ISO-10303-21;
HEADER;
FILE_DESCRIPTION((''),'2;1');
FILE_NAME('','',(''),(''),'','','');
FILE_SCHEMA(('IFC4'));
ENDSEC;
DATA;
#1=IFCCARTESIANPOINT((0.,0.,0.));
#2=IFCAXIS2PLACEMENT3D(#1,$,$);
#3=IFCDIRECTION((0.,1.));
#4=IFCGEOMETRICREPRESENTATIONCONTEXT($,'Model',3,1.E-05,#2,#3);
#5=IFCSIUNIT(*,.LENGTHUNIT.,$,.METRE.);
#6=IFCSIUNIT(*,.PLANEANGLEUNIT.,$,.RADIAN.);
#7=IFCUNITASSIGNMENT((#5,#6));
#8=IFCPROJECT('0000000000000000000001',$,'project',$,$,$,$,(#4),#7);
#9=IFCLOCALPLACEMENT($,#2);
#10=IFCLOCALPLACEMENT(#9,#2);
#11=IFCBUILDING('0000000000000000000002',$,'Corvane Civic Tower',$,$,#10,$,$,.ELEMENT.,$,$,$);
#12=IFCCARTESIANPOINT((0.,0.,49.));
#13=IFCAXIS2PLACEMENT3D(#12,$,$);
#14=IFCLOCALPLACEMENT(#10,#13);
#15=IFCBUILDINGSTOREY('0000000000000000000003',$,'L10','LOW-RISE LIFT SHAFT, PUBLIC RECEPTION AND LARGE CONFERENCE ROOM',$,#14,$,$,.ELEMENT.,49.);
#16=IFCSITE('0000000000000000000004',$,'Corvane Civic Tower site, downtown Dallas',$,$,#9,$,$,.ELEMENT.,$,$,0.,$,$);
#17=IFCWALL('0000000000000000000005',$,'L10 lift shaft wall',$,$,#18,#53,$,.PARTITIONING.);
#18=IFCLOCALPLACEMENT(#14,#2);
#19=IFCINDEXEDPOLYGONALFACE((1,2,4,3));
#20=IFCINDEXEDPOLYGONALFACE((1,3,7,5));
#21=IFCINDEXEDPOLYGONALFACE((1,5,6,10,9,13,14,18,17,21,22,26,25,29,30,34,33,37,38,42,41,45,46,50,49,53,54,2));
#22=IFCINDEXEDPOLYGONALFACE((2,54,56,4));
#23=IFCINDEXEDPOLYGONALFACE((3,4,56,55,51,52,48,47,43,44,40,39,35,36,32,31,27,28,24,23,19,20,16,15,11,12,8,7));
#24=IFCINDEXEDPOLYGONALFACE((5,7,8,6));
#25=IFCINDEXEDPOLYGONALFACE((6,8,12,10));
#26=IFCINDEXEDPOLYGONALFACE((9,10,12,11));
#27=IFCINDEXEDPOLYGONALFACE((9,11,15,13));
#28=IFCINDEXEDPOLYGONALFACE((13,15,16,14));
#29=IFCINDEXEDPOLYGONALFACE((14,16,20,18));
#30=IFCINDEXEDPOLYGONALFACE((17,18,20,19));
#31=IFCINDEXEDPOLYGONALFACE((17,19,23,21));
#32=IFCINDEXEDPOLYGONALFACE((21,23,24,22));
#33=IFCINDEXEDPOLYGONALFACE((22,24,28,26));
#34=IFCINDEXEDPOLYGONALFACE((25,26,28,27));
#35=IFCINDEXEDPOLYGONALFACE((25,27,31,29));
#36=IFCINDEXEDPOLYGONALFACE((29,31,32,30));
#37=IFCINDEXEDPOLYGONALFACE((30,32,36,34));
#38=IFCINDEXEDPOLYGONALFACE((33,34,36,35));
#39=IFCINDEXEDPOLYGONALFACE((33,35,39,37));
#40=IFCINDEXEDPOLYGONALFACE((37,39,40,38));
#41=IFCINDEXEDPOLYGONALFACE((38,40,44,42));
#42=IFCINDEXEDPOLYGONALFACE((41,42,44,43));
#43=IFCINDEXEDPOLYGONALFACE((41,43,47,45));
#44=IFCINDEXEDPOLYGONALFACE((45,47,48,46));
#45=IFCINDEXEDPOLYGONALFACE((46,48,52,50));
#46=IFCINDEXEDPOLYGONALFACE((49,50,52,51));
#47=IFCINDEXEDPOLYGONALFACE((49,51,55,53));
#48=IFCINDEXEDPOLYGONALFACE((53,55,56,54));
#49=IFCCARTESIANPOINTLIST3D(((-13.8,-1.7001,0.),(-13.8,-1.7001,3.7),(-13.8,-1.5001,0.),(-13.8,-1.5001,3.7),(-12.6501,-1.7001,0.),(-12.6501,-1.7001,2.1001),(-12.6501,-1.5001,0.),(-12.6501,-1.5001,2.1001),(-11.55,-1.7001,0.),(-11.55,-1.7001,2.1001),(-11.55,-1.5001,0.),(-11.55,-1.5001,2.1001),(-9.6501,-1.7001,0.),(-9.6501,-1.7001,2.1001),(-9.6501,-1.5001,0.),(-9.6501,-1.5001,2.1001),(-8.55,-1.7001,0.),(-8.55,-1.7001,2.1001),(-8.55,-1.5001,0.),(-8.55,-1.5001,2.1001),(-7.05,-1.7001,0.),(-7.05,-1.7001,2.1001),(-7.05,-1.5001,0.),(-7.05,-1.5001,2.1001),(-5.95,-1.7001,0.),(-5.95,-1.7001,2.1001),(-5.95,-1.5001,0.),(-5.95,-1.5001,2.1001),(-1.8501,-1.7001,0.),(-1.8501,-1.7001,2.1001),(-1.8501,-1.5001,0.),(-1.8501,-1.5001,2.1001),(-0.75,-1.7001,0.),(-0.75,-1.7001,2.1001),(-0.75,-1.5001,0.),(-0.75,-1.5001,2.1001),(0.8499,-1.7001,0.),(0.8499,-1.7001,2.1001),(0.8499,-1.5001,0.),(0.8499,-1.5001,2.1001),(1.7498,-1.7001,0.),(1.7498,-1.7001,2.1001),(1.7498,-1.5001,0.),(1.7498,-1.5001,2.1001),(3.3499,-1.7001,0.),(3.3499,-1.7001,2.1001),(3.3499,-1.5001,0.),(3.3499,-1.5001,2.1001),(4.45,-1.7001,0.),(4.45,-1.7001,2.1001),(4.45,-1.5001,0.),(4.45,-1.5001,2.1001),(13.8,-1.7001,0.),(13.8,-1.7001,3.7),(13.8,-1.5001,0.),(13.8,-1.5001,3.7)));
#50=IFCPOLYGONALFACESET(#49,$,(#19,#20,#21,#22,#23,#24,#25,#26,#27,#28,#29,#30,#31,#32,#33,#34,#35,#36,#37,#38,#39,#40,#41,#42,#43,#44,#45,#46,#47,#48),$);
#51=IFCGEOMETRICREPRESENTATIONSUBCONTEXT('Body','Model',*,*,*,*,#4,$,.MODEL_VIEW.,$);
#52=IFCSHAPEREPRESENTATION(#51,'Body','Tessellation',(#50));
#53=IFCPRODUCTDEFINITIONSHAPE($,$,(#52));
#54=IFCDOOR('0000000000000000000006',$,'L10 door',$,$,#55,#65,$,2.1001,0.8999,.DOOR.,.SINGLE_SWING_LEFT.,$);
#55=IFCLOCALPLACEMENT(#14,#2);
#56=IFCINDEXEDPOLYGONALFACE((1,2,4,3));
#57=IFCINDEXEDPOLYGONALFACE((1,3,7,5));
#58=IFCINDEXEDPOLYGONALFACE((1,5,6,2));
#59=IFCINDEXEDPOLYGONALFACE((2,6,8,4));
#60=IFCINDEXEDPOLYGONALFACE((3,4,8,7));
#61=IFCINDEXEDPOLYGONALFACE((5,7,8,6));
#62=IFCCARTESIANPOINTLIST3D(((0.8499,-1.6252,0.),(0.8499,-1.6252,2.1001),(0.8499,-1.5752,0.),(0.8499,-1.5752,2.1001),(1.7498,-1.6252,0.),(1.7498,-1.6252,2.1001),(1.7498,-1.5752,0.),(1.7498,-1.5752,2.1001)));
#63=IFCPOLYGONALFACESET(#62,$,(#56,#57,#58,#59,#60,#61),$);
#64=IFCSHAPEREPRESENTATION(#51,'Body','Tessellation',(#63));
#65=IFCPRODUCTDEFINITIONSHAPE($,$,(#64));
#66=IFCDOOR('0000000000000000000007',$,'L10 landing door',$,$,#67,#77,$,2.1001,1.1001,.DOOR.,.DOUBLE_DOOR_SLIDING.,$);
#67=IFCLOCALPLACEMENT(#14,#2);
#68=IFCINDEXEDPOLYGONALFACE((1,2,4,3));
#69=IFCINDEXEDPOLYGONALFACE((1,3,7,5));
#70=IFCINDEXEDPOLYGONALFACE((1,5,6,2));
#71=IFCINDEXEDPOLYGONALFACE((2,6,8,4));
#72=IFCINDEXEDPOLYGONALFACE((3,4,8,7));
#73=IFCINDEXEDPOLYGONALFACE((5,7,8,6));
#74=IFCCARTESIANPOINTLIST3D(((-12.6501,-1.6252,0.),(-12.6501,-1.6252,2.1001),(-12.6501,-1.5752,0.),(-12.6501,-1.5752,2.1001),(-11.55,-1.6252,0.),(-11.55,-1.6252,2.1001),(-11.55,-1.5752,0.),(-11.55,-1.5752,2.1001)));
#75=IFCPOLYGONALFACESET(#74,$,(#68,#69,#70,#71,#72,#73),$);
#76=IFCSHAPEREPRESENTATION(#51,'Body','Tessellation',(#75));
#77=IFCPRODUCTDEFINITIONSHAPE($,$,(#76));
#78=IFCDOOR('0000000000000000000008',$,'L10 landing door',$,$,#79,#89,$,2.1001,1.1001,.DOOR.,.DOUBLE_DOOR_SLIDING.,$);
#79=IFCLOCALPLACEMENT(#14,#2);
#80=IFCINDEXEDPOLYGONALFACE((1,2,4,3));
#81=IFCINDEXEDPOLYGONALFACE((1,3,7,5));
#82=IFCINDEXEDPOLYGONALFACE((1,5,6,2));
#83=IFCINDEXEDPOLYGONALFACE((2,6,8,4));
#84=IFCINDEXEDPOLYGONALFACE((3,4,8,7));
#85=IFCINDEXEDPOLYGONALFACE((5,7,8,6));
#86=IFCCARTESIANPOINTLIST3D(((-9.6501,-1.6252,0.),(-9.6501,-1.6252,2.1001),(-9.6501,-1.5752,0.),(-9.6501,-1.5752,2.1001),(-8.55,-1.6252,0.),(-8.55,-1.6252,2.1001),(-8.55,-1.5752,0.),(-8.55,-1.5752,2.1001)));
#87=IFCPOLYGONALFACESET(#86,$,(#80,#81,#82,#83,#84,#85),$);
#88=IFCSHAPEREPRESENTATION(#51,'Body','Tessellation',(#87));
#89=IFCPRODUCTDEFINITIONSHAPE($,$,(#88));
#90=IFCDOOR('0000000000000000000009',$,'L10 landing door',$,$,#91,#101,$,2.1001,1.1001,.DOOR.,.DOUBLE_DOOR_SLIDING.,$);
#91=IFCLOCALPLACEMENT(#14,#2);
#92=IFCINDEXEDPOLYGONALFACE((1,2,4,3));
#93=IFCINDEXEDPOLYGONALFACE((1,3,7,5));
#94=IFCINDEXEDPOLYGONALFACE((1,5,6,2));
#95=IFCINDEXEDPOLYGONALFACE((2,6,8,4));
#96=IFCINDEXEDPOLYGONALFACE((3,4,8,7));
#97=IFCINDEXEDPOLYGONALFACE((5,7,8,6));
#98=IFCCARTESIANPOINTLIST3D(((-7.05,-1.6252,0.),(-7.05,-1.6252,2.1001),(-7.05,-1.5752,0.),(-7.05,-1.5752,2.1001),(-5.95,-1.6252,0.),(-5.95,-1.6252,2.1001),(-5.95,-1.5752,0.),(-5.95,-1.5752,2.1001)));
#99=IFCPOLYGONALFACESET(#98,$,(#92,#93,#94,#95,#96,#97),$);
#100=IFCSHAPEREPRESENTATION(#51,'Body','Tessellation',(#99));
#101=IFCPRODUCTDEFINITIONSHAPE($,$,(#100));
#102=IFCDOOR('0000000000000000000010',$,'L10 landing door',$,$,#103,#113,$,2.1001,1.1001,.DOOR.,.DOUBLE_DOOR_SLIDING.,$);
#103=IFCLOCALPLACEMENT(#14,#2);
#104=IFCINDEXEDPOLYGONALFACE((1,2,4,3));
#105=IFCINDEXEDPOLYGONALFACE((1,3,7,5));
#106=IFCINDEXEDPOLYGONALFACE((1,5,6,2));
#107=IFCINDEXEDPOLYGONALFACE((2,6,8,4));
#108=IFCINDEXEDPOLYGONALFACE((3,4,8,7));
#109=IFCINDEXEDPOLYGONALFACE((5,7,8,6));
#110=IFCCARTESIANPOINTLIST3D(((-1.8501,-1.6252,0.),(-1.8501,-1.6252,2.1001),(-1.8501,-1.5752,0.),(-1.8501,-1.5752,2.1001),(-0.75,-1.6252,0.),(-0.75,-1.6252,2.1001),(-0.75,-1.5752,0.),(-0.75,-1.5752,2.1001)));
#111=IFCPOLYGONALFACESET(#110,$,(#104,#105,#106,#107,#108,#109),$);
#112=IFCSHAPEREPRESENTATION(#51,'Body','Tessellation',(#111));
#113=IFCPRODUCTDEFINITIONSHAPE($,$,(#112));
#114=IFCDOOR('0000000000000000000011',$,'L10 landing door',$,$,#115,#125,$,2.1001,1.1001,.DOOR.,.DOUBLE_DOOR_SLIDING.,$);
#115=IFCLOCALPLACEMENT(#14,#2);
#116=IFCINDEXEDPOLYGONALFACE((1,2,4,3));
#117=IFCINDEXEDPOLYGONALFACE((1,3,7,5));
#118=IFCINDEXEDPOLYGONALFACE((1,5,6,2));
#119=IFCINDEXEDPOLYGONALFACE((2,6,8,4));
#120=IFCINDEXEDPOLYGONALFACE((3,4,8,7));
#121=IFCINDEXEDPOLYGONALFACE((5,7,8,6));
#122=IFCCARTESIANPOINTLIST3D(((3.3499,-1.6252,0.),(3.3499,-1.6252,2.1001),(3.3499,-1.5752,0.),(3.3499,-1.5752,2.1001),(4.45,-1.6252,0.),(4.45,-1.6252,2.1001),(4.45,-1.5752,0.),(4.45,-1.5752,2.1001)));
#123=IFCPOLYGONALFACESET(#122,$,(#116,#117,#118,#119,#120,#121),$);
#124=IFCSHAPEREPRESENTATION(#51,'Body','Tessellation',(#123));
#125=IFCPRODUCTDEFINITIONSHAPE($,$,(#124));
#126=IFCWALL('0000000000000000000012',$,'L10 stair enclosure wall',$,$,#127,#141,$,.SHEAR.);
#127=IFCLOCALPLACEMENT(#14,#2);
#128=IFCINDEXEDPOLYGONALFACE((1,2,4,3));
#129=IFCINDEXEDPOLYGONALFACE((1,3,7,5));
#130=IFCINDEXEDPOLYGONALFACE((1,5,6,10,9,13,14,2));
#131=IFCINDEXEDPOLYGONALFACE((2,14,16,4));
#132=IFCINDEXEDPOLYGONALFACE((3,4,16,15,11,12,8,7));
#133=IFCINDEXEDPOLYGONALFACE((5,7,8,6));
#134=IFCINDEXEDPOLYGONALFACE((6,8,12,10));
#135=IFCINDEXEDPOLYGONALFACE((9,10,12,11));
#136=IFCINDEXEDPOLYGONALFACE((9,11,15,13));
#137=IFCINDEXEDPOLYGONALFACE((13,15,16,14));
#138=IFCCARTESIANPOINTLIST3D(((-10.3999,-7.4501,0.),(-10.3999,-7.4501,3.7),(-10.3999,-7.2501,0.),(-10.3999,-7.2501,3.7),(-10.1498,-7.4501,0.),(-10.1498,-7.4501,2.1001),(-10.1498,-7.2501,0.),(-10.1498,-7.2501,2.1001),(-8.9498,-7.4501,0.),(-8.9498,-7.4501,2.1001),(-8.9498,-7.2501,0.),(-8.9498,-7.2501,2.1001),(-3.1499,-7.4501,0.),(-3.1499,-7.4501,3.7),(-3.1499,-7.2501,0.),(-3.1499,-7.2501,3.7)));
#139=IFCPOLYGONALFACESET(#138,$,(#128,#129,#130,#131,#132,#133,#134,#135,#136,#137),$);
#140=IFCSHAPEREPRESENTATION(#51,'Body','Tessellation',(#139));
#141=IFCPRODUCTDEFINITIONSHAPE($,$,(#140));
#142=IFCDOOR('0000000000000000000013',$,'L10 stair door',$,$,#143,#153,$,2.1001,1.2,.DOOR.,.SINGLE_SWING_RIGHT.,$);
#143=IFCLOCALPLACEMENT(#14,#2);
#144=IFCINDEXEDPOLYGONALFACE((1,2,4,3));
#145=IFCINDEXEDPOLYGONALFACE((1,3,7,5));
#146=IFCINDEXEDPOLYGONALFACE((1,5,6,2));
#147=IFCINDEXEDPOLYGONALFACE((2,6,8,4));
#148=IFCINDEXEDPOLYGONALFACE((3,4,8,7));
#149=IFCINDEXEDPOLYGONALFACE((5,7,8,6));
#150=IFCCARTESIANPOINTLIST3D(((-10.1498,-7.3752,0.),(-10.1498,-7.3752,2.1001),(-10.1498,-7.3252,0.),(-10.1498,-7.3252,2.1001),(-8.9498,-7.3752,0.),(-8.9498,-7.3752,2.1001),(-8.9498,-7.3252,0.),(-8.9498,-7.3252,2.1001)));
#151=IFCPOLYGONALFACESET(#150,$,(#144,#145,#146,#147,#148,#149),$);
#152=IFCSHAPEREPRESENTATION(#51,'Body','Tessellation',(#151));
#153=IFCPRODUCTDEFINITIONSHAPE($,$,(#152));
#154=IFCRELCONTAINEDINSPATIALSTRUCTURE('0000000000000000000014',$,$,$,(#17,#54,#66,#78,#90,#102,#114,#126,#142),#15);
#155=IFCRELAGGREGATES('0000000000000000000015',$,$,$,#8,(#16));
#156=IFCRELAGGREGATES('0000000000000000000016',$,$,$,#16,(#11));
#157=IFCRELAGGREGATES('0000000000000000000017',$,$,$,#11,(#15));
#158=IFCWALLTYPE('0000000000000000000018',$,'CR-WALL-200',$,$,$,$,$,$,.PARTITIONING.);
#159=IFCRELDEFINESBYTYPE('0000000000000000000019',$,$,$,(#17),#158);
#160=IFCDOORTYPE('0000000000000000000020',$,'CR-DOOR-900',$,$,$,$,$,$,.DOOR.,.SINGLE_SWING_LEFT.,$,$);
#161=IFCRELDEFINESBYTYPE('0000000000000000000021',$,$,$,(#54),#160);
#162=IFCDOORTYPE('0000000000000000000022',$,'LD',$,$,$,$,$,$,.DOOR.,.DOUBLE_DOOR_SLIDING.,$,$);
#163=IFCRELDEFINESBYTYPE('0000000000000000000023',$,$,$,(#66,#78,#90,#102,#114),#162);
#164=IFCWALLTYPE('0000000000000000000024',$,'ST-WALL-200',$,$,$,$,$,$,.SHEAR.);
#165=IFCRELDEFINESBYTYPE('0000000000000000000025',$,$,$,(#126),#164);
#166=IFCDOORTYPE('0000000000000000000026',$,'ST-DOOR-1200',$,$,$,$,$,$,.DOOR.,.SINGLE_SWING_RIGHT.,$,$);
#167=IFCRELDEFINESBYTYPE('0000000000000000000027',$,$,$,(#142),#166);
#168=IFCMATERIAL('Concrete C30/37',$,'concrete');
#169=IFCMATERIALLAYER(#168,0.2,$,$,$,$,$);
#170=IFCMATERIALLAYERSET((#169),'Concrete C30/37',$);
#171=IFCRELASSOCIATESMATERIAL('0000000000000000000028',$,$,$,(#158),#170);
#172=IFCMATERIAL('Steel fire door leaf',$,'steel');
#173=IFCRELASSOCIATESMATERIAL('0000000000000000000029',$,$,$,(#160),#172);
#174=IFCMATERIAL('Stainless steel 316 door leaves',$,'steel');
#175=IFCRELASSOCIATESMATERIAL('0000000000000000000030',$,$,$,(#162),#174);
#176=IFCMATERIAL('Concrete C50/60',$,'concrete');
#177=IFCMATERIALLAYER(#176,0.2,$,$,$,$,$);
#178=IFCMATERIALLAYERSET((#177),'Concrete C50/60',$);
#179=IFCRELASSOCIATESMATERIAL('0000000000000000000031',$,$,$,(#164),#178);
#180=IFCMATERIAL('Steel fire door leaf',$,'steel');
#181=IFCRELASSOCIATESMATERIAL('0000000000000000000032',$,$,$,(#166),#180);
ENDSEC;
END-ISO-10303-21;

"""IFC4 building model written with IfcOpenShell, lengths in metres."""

from ifc_helpers import new_model, si_unit, direction, frame, frame_2d, origin, place, context, subcontext, project, spatial, rectangle, extrude, material, layer, layer_set, type_object, element, fill, save


model = new_model("IFC4")

# Units and contexts
model_context = context("Model", 3, precision=1e-05, world=origin(), true_north=direction((0.0, 1.0)))
body_context = subcontext(model_context, "Body", "Model", "MODEL_VIEW")
ifc_project = project(units=[si_unit("LENGTHUNIT", "METRE"), si_unit("PLANEANGLEUNIT", "RADIAN")], contexts=[model_context])

# Site, building, storey
site_placement = place(None, origin())
site = spatial("IfcSite", under=ifc_project, at=site_placement, Name="Corvane Civic Tower site, downtown Dallas", CompositionType="ELEMENT", RefElevation=0.0)
building_placement = place(site_placement, origin())
building = spatial("IfcBuilding", under=site, at=building_placement, Name="Corvane Civic Tower", CompositionType="ELEMENT")
storey_placement = place(building_placement, frame((0.0, 0.0, 49.0)))
storey = spatial("IfcBuildingStorey", under=building, at=storey_placement, Name="L10", Description="LOW-RISE LIFT SHAFT, PUBLIC RECEPTION AND LARGE CONFERENCE ROOM", CompositionType="ELEMENT", Elevation=49.0)

# Wall, openings, doors
ifc_material_1 = material(Name="Concrete C30/37", Category="concrete")
ifc_layer_1 = layer(ifc_material_1, 0.2)
ifc_layer_set_1 = layer_set([ifc_layer_1], Name="Concrete C30/37")
wall_type_1 = type_object("IfcWallType", Name="CR-WALL-200", PredefinedType="PARTITIONING", material=ifc_layer_set_1)
ifc_material_2 = material(Name="Steel fire door leaf", Category="steel")
door_type_1 = type_object("IfcDoorType", Name="CR-DOOR-900", OperationType="SINGLE_SWING_LEFT", PredefinedType="DOOR", material=ifc_material_2)
wall_1_placement = place(storey_placement, frame((-13.8, -1.6001, 0.0), z_axis=(0.0, 0.0, 1.0), x_axis=(1.0, 0.0, 0.0)))
wall_1 = element("IfcWall", 1, at=wall_1_placement, inside=storey, type_object=wall_type_1, Name="L10 lift shaft wall", PredefinedType="PARTITIONING", context=body_context, shape_type="SweptSolid", body=[
    extrude(rectangle(XDim=27.6001, YDim=0.2, at=frame_2d((13.8, 0.0))), origin(), (0.0, 0.0, 1.0), 3.7),
])
opening_1_placement = place(wall_1_placement, frame((1.1499, 0.0, 0.0)))
opening_1 = element("IfcOpeningElement", 2, at=opening_1_placement, cuts=wall_1, PredefinedType="OPENING", context=body_context, shape_type="SweptSolid", body=[
    extrude(rectangle(XDim=1.1001, YDim=2.1001, at=frame_2d((0.55, 1.05))), frame((0.0, 0.1099, 0.0), z_axis=(0.0, -1.0, 0.0), x_axis=(1.0, 0.0, 0.0)), (0.0, 0.0, 1.0), 0.22),
])
opening_2_placement = place(wall_1_placement, frame((4.1499, 0.0, 0.0)))
opening_2 = element("IfcOpeningElement", 3, at=opening_2_placement, cuts=wall_1, PredefinedType="OPENING", context=body_context, shape_type="SweptSolid", body=[
    extrude(rectangle(XDim=1.1001, YDim=2.1001, at=frame_2d((0.55, 1.05))), frame((0.0, 0.1099, 0.0), z_axis=(0.0, -1.0, 0.0), x_axis=(1.0, 0.0, 0.0)), (0.0, 0.0, 1.0), 0.22),
])
opening_3_placement = place(wall_1_placement, frame((6.75, 0.0, 0.0)))
opening_3 = element("IfcOpeningElement", 4, at=opening_3_placement, cuts=wall_1, PredefinedType="OPENING", context=body_context, shape_type="SweptSolid", body=[
    extrude(rectangle(XDim=1.1001, YDim=2.1001, at=frame_2d((0.55, 1.05))), frame((0.0, 0.1099, 0.0), z_axis=(0.0, -1.0, 0.0), x_axis=(1.0, 0.0, 0.0)), (0.0, 0.0, 1.0), 0.22),
])
opening_4_placement = place(wall_1_placement, frame((11.95, 0.0, 0.0)))
opening_4 = element("IfcOpeningElement", 5, at=opening_4_placement, cuts=wall_1, PredefinedType="OPENING", context=body_context, shape_type="SweptSolid", body=[
    extrude(rectangle(XDim=1.1001, YDim=2.1001, at=frame_2d((0.55, 1.05))), frame((0.0, 0.1099, 0.0), z_axis=(0.0, -1.0, 0.0), x_axis=(1.0, 0.0, 0.0)), (0.0, 0.0, 1.0), 0.22),
])
opening_5_placement = place(wall_1_placement, frame((14.6499, 0.0, 0.0)))
opening_5 = element("IfcOpeningElement", 6, at=opening_5_placement, cuts=wall_1, PredefinedType="OPENING", context=body_context, shape_type="SweptSolid", body=[
    extrude(rectangle(XDim=0.8999, YDim=2.1001, at=frame_2d((0.45, 1.05))), frame((0.0, 0.1099, 0.0), z_axis=(0.0, -1.0, 0.0), x_axis=(1.0, 0.0, 0.0)), (0.0, 0.0, 1.0), 0.22),
])
opening_6_placement = place(wall_1_placement, frame((17.1499, 0.0, 0.0)))
opening_6 = element("IfcOpeningElement", 7, at=opening_6_placement, cuts=wall_1, PredefinedType="OPENING", context=body_context, shape_type="SweptSolid", body=[
    extrude(rectangle(XDim=1.1001, YDim=2.1001, at=frame_2d((0.55, 1.05))), frame((0.0, 0.1099, 0.0), z_axis=(0.0, -1.0, 0.0), x_axis=(1.0, 0.0, 0.0)), (0.0, 0.0, 1.0), 0.22),
])
door_1_placement = place(opening_5_placement, origin())
door_1 = element("IfcDoor", 8, at=door_1_placement, inside=storey, type_object=door_type_1, Name="L10 door", OperationType="SINGLE_SWING_LEFT", OverallHeight=2.1001, OverallWidth=0.8999, PredefinedType="DOOR", context=body_context, shape_type="SweptSolid", body=[
    extrude(rectangle(XDim=0.8999, YDim=2.1001, at=frame_2d((0.45, 1.05))), frame((0.0, 0.0249, 0.0), z_axis=(0.0, -1.0, 0.0), x_axis=(1.0, 0.0, 0.0)), (0.0, 0.0, 1.0), 0.05),
])
fill(opening_5, door_1)
ifc_material_3 = material(Name="Stainless steel 316 door leaves", Category="steel")
door_type_2 = type_object("IfcDoorType", Name="LD", OperationType="DOUBLE_DOOR_SLIDING", PredefinedType="DOOR", material=ifc_material_3)
door_2_placement = place(opening_1_placement, origin())
door_2 = element("IfcDoor", 9, at=door_2_placement, inside=storey, type_object=door_type_2, Name="L10 landing door", OperationType="DOUBLE_DOOR_SLIDING", OverallHeight=2.1001, OverallWidth=1.1001, PredefinedType="DOOR", context=body_context, shape_type="SweptSolid", body=[
    extrude(rectangle(XDim=1.1001, YDim=2.1001, at=frame_2d((0.55, 1.05))), frame((0.0, 0.0249, 0.0), z_axis=(0.0, -1.0, 0.0), x_axis=(1.0, 0.0, 0.0)), (0.0, 0.0, 1.0), 0.05),
])
fill(opening_1, door_2)
door_3_placement = place(opening_2_placement, origin())
door_3 = element("IfcDoor", 10, at=door_3_placement, inside=storey, type_object=door_type_2, Name="L10 landing door", OperationType="DOUBLE_DOOR_SLIDING", OverallHeight=2.1001, OverallWidth=1.1001, PredefinedType="DOOR", context=body_context, shape_type="SweptSolid", body=[
    extrude(rectangle(XDim=1.1001, YDim=2.1001, at=frame_2d((0.55, 1.05))), frame((0.0, 0.0249, 0.0), z_axis=(0.0, -1.0, 0.0), x_axis=(1.0, 0.0, 0.0)), (0.0, 0.0, 1.0), 0.05),
])
fill(opening_2, door_3)
door_4_placement = place(opening_3_placement, origin())
door_4 = element("IfcDoor", 11, at=door_4_placement, inside=storey, type_object=door_type_2, Name="L10 landing door", OperationType="DOUBLE_DOOR_SLIDING", OverallHeight=2.1001, OverallWidth=1.1001, PredefinedType="DOOR", context=body_context, shape_type="SweptSolid", body=[
    extrude(rectangle(XDim=1.1001, YDim=2.1001, at=frame_2d((0.55, 1.05))), frame((0.0, 0.0249, 0.0), z_axis=(0.0, -1.0, 0.0), x_axis=(1.0, 0.0, 0.0)), (0.0, 0.0, 1.0), 0.05),
])
fill(opening_3, door_4)
door_5_placement = place(opening_4_placement, origin())
door_5 = element("IfcDoor", 12, at=door_5_placement, inside=storey, type_object=door_type_2, Name="L10 landing door", OperationType="DOUBLE_DOOR_SLIDING", OverallHeight=2.1001, OverallWidth=1.1001, PredefinedType="DOOR", context=body_context, shape_type="SweptSolid", body=[
    extrude(rectangle(XDim=1.1001, YDim=2.1001, at=frame_2d((0.55, 1.05))), frame((0.0, 0.0249, 0.0), z_axis=(0.0, -1.0, 0.0), x_axis=(1.0, 0.0, 0.0)), (0.0, 0.0, 1.0), 0.05),
])
fill(opening_4, door_5)
door_6_placement = place(opening_6_placement, origin())
door_6 = element("IfcDoor", 13, at=door_6_placement, inside=storey, type_object=door_type_2, Name="L10 landing door", OperationType="DOUBLE_DOOR_SLIDING", OverallHeight=2.1001, OverallWidth=1.1001, PredefinedType="DOOR", context=body_context, shape_type="SweptSolid", body=[
    extrude(rectangle(XDim=1.1001, YDim=2.1001, at=frame_2d((0.55, 1.05))), frame((0.0, 0.0249, 0.0), z_axis=(0.0, -1.0, 0.0), x_axis=(1.0, 0.0, 0.0)), (0.0, 0.0, 1.0), 0.05),
])
fill(opening_6, door_6)

# Wall, opening, door
ifc_material_4 = material(Name="Concrete C50/60", Category="concrete")
ifc_layer_2 = layer(ifc_material_4, 0.2)
ifc_layer_set_2 = layer_set([ifc_layer_2], Name="Concrete C50/60")
wall_type_2 = type_object("IfcWallType", Name="ST-WALL-200", PredefinedType="SHEAR", material=ifc_layer_set_2)
wall_2_placement = place(storey_placement, frame((-10.3999, -7.3501, 0.0), z_axis=(0.0, 0.0, 1.0), x_axis=(1.0, 0.0, 0.0)))
wall_2 = element("IfcWall", 14, at=wall_2_placement, inside=storey, type_object=wall_type_2, Name="L10 stair enclosure wall", PredefinedType="SHEAR", context=body_context, shape_type="SweptSolid", body=[
    extrude(rectangle(XDim=7.25, YDim=0.2, at=frame_2d((3.625, 0.0))), origin(), (0.0, 0.0, 1.0), 3.7),
])
opening_7_placement = place(wall_2_placement, frame((0.25, 0.0, 0.0)))
opening_7 = element("IfcOpeningElement", 15, at=opening_7_placement, cuts=wall_2, PredefinedType="OPENING", context=body_context, shape_type="SweptSolid", body=[
    extrude(rectangle(XDim=1.2, YDim=2.1001, at=frame_2d((0.6001, 1.05))), frame((0.0, 0.1099, 0.0), z_axis=(0.0, -1.0, 0.0), x_axis=(1.0, 0.0, 0.0)), (0.0, 0.0, 1.0), 0.22),
])
ifc_material_5 = material(Name="Steel fire door leaf", Category="steel")
door_type_3 = type_object("IfcDoorType", Name="ST-DOOR-1200", OperationType="SINGLE_SWING_RIGHT", PredefinedType="DOOR", material=ifc_material_5)
door_7_placement = place(opening_7_placement, origin())
door_7 = element("IfcDoor", 16, at=door_7_placement, inside=storey, type_object=door_type_3, Name="L10 stair door", OperationType="SINGLE_SWING_RIGHT", OverallHeight=2.1001, OverallWidth=1.2, PredefinedType="DOOR", context=body_context, shape_type="SweptSolid", body=[
    extrude(rectangle(XDim=1.2, YDim=2.1001, at=frame_2d((0.6001, 1.05))), frame((0.0, 0.0249, 0.0), z_axis=(0.0, -1.0, 0.0), x_axis=(1.0, 0.0, 0.0)), (0.0, 0.0, 1.0), 0.05),
])
fill(opening_7, door_7)

save(model, "model.ifc")
